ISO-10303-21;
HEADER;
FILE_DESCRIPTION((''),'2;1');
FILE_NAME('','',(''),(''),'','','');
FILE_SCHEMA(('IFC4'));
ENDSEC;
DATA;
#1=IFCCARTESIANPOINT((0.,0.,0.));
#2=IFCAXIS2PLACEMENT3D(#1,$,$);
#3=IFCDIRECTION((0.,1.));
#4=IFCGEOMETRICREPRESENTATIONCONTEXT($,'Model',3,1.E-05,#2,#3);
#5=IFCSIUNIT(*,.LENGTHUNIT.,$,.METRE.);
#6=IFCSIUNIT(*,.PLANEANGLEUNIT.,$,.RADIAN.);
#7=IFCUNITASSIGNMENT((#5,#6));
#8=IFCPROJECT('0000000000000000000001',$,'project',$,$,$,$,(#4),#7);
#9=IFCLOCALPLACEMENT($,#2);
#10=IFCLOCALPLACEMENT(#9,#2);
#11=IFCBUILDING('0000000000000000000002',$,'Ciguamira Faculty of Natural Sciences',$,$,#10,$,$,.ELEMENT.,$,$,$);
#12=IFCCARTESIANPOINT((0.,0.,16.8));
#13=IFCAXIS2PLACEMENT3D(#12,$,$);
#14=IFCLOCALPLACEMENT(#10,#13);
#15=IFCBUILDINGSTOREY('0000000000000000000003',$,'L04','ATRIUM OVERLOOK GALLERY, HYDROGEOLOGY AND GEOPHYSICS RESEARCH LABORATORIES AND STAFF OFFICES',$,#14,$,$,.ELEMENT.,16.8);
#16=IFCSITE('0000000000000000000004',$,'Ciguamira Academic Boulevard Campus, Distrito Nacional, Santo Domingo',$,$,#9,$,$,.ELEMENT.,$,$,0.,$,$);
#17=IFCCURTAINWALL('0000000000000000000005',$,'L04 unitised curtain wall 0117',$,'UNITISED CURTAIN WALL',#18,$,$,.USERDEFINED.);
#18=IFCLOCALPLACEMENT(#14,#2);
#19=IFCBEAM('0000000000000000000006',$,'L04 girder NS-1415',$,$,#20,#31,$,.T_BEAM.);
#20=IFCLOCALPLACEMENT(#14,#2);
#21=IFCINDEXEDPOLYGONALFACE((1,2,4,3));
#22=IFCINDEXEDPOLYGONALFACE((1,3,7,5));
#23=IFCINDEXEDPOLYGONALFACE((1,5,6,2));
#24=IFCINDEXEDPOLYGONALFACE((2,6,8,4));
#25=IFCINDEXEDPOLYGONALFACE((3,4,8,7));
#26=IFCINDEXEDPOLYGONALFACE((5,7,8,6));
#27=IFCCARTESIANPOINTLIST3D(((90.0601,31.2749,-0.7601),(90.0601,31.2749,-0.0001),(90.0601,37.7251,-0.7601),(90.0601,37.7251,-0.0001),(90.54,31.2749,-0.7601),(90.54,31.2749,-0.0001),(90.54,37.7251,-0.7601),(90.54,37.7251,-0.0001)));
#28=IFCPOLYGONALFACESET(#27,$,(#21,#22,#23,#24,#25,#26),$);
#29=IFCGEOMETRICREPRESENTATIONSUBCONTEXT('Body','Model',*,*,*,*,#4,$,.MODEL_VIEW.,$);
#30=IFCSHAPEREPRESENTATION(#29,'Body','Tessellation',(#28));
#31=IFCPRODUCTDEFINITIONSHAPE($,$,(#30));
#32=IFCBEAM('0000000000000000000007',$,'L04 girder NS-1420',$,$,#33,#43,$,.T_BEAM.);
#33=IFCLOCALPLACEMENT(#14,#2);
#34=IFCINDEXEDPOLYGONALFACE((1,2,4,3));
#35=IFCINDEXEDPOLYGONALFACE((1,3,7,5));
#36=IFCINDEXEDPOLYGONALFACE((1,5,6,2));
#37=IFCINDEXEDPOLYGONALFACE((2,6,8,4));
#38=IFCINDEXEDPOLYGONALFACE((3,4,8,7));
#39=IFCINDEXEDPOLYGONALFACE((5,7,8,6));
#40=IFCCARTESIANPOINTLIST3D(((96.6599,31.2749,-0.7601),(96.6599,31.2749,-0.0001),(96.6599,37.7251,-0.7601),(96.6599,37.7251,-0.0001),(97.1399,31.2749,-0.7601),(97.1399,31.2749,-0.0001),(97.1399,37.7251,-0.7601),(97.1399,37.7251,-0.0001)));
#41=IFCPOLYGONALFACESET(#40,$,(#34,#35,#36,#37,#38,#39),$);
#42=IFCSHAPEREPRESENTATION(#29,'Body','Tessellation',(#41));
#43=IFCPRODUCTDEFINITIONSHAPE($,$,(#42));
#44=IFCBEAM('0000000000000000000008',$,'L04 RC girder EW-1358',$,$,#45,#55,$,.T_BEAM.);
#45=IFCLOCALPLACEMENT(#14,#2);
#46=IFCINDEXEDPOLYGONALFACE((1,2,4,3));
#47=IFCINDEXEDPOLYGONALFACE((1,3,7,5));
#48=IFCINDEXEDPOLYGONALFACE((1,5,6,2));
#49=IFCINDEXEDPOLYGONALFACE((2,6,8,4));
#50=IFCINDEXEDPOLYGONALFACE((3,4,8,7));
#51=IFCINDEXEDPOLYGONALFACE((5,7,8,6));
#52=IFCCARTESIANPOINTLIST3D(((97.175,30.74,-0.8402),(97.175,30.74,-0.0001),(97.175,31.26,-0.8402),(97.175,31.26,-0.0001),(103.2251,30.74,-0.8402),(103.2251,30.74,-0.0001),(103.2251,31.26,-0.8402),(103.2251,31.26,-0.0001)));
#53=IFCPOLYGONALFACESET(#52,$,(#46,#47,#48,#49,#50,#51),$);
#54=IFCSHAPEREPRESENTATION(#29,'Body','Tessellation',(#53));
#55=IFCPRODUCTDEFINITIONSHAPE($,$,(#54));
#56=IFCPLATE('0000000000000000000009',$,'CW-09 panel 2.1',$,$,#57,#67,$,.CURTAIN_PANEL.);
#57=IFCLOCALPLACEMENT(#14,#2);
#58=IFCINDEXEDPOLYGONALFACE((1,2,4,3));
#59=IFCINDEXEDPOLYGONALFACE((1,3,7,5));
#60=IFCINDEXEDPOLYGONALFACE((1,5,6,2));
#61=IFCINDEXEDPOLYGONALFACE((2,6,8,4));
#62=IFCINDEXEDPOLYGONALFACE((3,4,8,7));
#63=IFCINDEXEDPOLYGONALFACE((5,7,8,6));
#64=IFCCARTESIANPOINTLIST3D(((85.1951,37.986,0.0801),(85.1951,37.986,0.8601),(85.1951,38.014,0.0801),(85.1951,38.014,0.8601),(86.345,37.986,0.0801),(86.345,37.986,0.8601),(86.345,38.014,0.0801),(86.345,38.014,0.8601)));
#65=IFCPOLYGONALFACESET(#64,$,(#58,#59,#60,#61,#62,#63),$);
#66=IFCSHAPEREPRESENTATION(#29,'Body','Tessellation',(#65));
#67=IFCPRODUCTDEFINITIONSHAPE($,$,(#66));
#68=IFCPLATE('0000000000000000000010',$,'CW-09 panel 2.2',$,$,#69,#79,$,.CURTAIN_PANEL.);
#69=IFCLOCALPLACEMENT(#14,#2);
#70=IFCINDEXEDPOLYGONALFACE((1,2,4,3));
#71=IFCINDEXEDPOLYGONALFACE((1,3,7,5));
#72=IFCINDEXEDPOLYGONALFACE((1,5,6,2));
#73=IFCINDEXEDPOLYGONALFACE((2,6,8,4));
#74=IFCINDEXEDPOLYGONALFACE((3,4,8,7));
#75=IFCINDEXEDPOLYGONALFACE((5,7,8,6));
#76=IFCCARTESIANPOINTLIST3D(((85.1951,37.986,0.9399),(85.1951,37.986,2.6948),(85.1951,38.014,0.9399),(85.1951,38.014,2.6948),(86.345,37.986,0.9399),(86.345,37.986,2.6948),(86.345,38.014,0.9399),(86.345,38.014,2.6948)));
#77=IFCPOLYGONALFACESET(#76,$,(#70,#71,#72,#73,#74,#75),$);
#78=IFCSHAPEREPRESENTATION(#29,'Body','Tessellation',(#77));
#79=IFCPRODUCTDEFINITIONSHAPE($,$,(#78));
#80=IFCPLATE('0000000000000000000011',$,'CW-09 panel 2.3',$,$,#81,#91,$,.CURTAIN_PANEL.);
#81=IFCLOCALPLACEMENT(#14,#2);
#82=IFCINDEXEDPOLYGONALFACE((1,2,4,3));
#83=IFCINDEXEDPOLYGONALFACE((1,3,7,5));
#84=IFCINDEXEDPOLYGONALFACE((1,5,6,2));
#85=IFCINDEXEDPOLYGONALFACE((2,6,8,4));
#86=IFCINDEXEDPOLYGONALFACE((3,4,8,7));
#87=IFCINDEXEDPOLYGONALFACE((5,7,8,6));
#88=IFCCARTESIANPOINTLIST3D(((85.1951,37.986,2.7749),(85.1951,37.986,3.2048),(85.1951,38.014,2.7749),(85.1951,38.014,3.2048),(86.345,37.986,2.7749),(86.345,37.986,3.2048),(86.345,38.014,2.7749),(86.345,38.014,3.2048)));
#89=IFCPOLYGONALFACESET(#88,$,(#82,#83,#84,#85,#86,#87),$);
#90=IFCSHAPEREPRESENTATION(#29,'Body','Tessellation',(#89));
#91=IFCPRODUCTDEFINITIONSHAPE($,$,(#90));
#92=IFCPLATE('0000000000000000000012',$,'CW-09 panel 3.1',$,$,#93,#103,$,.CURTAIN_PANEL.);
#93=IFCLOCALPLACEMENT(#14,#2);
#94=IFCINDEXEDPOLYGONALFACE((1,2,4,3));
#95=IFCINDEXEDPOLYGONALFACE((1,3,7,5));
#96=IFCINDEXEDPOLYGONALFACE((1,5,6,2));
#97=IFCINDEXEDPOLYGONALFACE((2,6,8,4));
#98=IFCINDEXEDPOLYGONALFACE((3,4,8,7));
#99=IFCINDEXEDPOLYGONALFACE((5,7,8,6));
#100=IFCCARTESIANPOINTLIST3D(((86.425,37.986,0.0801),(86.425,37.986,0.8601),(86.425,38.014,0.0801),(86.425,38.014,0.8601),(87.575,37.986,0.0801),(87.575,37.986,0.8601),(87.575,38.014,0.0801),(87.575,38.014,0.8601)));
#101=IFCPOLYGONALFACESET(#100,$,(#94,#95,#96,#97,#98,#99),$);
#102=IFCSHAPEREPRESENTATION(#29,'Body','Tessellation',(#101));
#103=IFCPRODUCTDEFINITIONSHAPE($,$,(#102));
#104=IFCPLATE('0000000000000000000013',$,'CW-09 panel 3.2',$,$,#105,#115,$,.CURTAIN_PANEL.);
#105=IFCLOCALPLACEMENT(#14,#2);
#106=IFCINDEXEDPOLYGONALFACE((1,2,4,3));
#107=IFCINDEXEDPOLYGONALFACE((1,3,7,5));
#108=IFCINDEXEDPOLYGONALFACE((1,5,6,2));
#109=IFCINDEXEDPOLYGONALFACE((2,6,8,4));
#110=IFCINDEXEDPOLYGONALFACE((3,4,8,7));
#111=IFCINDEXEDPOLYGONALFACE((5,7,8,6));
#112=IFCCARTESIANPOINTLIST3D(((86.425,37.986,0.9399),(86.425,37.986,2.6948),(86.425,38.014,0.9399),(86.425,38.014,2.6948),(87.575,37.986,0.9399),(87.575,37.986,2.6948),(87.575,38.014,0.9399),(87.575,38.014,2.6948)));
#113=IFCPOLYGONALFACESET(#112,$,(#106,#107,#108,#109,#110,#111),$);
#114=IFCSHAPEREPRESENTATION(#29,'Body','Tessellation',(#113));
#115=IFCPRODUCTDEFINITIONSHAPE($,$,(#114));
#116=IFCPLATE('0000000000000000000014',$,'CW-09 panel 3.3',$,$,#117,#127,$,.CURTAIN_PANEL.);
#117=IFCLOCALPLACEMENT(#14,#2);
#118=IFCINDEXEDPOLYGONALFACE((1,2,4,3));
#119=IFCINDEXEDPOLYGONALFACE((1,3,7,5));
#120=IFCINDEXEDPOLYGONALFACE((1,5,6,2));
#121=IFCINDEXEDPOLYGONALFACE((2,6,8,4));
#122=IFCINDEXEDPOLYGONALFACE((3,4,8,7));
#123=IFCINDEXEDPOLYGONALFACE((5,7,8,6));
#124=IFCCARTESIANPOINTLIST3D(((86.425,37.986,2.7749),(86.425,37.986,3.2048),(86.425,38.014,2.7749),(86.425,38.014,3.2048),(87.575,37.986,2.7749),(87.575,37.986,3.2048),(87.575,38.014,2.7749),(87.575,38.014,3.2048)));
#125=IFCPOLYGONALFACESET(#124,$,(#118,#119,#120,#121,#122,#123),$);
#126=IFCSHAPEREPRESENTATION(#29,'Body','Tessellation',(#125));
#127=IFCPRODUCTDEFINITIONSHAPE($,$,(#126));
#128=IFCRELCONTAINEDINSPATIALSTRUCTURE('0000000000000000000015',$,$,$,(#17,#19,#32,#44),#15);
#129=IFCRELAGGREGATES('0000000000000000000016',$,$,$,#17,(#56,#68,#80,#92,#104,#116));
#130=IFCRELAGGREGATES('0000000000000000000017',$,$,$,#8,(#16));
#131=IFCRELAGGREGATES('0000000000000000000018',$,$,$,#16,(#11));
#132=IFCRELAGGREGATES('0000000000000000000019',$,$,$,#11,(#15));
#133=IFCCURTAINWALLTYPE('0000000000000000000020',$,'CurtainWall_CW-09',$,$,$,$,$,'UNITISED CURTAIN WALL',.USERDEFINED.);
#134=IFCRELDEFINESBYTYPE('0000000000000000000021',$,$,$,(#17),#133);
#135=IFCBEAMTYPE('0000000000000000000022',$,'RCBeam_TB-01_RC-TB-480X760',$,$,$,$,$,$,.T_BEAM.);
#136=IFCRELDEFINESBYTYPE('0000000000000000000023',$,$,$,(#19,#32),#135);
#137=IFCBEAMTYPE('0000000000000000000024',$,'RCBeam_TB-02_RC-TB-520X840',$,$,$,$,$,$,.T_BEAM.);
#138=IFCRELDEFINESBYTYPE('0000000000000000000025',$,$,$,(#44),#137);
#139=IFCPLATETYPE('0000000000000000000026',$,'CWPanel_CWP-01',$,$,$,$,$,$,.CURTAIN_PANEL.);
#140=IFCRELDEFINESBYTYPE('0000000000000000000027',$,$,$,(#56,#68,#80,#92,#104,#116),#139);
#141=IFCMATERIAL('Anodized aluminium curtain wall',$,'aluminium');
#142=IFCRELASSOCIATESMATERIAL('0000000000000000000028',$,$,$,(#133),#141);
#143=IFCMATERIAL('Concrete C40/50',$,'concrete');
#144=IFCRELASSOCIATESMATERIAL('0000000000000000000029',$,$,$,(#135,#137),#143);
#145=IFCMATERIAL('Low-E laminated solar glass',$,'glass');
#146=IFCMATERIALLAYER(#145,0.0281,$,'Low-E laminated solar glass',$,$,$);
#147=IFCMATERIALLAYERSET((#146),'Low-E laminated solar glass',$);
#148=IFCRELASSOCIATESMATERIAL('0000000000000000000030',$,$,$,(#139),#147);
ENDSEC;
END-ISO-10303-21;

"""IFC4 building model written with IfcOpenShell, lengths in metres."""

from ifc_helpers import new_model, si_unit, direction, frame, origin, origin_2d, place, context, subcontext, project, spatial, rectangle, extrude, material, layer, layer_set, material_profile, profile_set, type_object, element, aggregate, save


model = new_model("IFC4")

# Units and contexts
model_context = context("Model", 3, precision=1e-05, world=origin(), true_north=direction((0.0, 1.0)))
body_context = subcontext(model_context, "Body", "Model", "MODEL_VIEW")
ifc_project = project(units=[si_unit("LENGTHUNIT", "METRE"), si_unit("PLANEANGLEUNIT", "RADIAN")], contexts=[model_context])

# Site, building, storey
site_placement = place(None, origin())
site = spatial("IfcSite", under=ifc_project, at=site_placement, Name="Ciguamira Academic Boulevard Campus, Distrito Nacional, Santo Domingo", CompositionType="ELEMENT", RefElevation=0.0)
building_placement = place(site_placement, origin())
building = spatial("IfcBuilding", under=site, at=building_placement, Name="Ciguamira Faculty of Natural Sciences", CompositionType="ELEMENT")
storey_placement = place(building_placement, frame((0.0, 0.0, 16.8)))
storey = spatial("IfcBuildingStorey", under=building, at=storey_placement, Name="L04", Description="ATRIUM OVERLOOK GALLERY, HYDROGEOLOGY AND GEOPHYSICS RESEARCH LABORATORIES AND STAFF OFFICES", CompositionType="ELEMENT", Elevation=16.8)

# Shared definitions
ifc_material_1 = material(Name="Concrete C40/50", Category="concrete")

# Curtain wall
ifc_material_2 = material(Name="Anodized aluminium curtain wall", Category="aluminium")
curtain_wall_type = type_object("IfcCurtainWallType", Name="CurtainWall_CW-09", ElementType="UNITISED CURTAIN WALL", PredefinedType="USERDEFINED", material=ifc_material_2)
curtain_wall_placement = place(storey_placement, origin())
curtain_wall = element("IfcCurtainWall", 1, at=curtain_wall_placement, inside=storey, type_object=curtain_wall_type, Name="L04 unitised curtain wall 0117", ObjectType="UNITISED CURTAIN WALL", PredefinedType="USERDEFINED")

# Beams
ifc_material_profile_1 = material_profile(ifc_material_1, rectangle(XDim=0.48, YDim=0.76, at=origin_2d()), Name="RC-TB-480X760")
ifc_profile_set_1 = profile_set([ifc_material_profile_1], Name="Concrete C40/50")
beam_type_1 = type_object("IfcBeamType", Name="RCBeam_TB-01_RC-TB-480X760", PredefinedType="T_BEAM", material=ifc_profile_set_1)
for number, where, z_axis, x_axis, name in (
    (2, (90.3, 31.2749, -0.3801), (0.0, 1.0, 0.0), (-1.0, 0.0, 0.0), "L04 girder NS-1415"),
    (3, (96.8999, 31.2749, -0.3801), (0.0, 1.0, 0.0), (-1.0, 0.0, 0.0), "L04 girder NS-1420"),
):
    element("IfcBeam", number, at=place(storey_placement, frame(where, z_axis=z_axis, x_axis=x_axis)), inside=storey, type_object=beam_type_1, Name=name, PredefinedType="T_BEAM", context=body_context, shape_type="SweptSolid", body=[
        extrude(rectangle(XDim=0.48, YDim=0.76, at=origin_2d()), origin(), (0.0, 0.0, 1.0), 6.4502),
    ])
ifc_material_profile_2 = material_profile(ifc_material_1, rectangle(XDim=0.52, YDim=0.8401, at=origin_2d()), Name="RC-TB-520X840")
ifc_profile_set_2 = profile_set([ifc_material_profile_2], Name="Concrete C40/50")
beam_type_2 = type_object("IfcBeamType", Name="RCBeam_TB-02_RC-TB-520X840", PredefinedType="T_BEAM", material=ifc_profile_set_2)
beam_1_placement = place(storey_placement, frame((97.175, 31.0, -0.4202), z_axis=(1.0, 0.0, 0.0), x_axis=(0.0, 1.0, 0.0)))
element("IfcBeam", 4, at=beam_1_placement, inside=storey, type_object=beam_type_2, Name="L04 RC girder EW-1358", PredefinedType="T_BEAM", context=body_context, shape_type="SweptSolid", body=[
    extrude(rectangle(XDim=0.52, YDim=0.8401, at=origin_2d()), origin(), (0.0, 0.0, 1.0), 6.05),
])

# Plates
ifc_material_3 = material(Name="Low-E laminated solar glass", Category="glass")
ifc_layer = layer(ifc_material_3, 0.0281, Name="Low-E laminated solar glass")
ifc_layer_set = layer_set([ifc_layer], Name="Low-E laminated solar glass")
plate_type = type_object("IfcPlateType", Name="CWPanel_CWP-01", PredefinedType="CURTAIN_PANEL", material=ifc_layer_set)
plate_1_placement = place(storey_placement, frame((85.77, 38.0, 0.0801), z_axis=(0.0, 0.0, 1.0), x_axis=(1.0, 0.0, 0.0)))
plate_1 = element("IfcPlate", 5, at=plate_1_placement, type_object=plate_type, Name="CW-09 panel 2.1", PredefinedType="CURTAIN_PANEL", context=body_context, shape_type="SweptSolid", body=[
    extrude(rectangle(XDim=1.1499, YDim=0.0281, at=origin_2d()), origin(), (0.0, 0.0, 1.0), 0.78),
])
plate_2_placement = place(storey_placement, frame((85.77, 38.0, 0.9399), z_axis=(0.0, 0.0, 1.0), x_axis=(1.0, 0.0, 0.0)))
plate_2 = element("IfcPlate", 6, at=plate_2_placement, type_object=plate_type, Name="CW-09 panel 2.2", PredefinedType="CURTAIN_PANEL", context=body_context, shape_type="SweptSolid", body=[
    extrude(rectangle(XDim=1.1499, YDim=0.0281, at=origin_2d()), origin(), (0.0, 0.0, 1.0), 1.7549),
])
plate_3_placement = place(storey_placement, frame((85.77, 38.0, 2.7749), z_axis=(0.0, 0.0, 1.0), x_axis=(1.0, 0.0, 0.0)))
plate_3 = element("IfcPlate", 7, at=plate_3_placement, type_object=plate_type, Name="CW-09 panel 2.3", PredefinedType="CURTAIN_PANEL", context=body_context, shape_type="SweptSolid", body=[
    extrude(rectangle(XDim=1.1499, YDim=0.0281, at=origin_2d()), origin(), (0.0, 0.0, 1.0), 0.4299),
])
plate_4_placement = place(storey_placement, frame((87.0, 38.0, 0.0801), z_axis=(0.0, 0.0, 1.0), x_axis=(1.0, 0.0, 0.0)))
plate_4 = element("IfcPlate", 8, at=plate_4_placement, type_object=plate_type, Name="CW-09 panel 3.1", PredefinedType="CURTAIN_PANEL", context=body_context, shape_type="SweptSolid", body=[
    extrude(rectangle(XDim=1.1499, YDim=0.0281, at=origin_2d()), origin(), (0.0, 0.0, 1.0), 0.78),
])
plate_5_placement = place(storey_placement, frame((87.0, 38.0, 0.9399), z_axis=(0.0, 0.0, 1.0), x_axis=(1.0, 0.0, 0.0)))
plate_5 = element("IfcPlate", 9, at=plate_5_placement, type_object=plate_type, Name="CW-09 panel 3.2", PredefinedType="CURTAIN_PANEL", context=body_context, shape_type="SweptSolid", body=[
    extrude(rectangle(XDim=1.1499, YDim=0.0281, at=origin_2d()), origin(), (0.0, 0.0, 1.0), 1.7549),
])
plate_6_placement = place(storey_placement, frame((87.0, 38.0, 2.7749), z_axis=(0.0, 0.0, 1.0), x_axis=(1.0, 0.0, 0.0)))
plate_6 = element("IfcPlate", 10, at=plate_6_placement, type_object=plate_type, Name="CW-09 panel 3.3", PredefinedType="CURTAIN_PANEL", context=body_context, shape_type="SweptSolid", body=[
    extrude(rectangle(XDim=1.1499, YDim=0.0281, at=origin_2d()), origin(), (0.0, 0.0, 1.0), 0.4299),
])
aggregate(curtain_wall, [plate_1, plate_2, plate_3, plate_4, plate_5, plate_6])

save(model, "model.ifc")
